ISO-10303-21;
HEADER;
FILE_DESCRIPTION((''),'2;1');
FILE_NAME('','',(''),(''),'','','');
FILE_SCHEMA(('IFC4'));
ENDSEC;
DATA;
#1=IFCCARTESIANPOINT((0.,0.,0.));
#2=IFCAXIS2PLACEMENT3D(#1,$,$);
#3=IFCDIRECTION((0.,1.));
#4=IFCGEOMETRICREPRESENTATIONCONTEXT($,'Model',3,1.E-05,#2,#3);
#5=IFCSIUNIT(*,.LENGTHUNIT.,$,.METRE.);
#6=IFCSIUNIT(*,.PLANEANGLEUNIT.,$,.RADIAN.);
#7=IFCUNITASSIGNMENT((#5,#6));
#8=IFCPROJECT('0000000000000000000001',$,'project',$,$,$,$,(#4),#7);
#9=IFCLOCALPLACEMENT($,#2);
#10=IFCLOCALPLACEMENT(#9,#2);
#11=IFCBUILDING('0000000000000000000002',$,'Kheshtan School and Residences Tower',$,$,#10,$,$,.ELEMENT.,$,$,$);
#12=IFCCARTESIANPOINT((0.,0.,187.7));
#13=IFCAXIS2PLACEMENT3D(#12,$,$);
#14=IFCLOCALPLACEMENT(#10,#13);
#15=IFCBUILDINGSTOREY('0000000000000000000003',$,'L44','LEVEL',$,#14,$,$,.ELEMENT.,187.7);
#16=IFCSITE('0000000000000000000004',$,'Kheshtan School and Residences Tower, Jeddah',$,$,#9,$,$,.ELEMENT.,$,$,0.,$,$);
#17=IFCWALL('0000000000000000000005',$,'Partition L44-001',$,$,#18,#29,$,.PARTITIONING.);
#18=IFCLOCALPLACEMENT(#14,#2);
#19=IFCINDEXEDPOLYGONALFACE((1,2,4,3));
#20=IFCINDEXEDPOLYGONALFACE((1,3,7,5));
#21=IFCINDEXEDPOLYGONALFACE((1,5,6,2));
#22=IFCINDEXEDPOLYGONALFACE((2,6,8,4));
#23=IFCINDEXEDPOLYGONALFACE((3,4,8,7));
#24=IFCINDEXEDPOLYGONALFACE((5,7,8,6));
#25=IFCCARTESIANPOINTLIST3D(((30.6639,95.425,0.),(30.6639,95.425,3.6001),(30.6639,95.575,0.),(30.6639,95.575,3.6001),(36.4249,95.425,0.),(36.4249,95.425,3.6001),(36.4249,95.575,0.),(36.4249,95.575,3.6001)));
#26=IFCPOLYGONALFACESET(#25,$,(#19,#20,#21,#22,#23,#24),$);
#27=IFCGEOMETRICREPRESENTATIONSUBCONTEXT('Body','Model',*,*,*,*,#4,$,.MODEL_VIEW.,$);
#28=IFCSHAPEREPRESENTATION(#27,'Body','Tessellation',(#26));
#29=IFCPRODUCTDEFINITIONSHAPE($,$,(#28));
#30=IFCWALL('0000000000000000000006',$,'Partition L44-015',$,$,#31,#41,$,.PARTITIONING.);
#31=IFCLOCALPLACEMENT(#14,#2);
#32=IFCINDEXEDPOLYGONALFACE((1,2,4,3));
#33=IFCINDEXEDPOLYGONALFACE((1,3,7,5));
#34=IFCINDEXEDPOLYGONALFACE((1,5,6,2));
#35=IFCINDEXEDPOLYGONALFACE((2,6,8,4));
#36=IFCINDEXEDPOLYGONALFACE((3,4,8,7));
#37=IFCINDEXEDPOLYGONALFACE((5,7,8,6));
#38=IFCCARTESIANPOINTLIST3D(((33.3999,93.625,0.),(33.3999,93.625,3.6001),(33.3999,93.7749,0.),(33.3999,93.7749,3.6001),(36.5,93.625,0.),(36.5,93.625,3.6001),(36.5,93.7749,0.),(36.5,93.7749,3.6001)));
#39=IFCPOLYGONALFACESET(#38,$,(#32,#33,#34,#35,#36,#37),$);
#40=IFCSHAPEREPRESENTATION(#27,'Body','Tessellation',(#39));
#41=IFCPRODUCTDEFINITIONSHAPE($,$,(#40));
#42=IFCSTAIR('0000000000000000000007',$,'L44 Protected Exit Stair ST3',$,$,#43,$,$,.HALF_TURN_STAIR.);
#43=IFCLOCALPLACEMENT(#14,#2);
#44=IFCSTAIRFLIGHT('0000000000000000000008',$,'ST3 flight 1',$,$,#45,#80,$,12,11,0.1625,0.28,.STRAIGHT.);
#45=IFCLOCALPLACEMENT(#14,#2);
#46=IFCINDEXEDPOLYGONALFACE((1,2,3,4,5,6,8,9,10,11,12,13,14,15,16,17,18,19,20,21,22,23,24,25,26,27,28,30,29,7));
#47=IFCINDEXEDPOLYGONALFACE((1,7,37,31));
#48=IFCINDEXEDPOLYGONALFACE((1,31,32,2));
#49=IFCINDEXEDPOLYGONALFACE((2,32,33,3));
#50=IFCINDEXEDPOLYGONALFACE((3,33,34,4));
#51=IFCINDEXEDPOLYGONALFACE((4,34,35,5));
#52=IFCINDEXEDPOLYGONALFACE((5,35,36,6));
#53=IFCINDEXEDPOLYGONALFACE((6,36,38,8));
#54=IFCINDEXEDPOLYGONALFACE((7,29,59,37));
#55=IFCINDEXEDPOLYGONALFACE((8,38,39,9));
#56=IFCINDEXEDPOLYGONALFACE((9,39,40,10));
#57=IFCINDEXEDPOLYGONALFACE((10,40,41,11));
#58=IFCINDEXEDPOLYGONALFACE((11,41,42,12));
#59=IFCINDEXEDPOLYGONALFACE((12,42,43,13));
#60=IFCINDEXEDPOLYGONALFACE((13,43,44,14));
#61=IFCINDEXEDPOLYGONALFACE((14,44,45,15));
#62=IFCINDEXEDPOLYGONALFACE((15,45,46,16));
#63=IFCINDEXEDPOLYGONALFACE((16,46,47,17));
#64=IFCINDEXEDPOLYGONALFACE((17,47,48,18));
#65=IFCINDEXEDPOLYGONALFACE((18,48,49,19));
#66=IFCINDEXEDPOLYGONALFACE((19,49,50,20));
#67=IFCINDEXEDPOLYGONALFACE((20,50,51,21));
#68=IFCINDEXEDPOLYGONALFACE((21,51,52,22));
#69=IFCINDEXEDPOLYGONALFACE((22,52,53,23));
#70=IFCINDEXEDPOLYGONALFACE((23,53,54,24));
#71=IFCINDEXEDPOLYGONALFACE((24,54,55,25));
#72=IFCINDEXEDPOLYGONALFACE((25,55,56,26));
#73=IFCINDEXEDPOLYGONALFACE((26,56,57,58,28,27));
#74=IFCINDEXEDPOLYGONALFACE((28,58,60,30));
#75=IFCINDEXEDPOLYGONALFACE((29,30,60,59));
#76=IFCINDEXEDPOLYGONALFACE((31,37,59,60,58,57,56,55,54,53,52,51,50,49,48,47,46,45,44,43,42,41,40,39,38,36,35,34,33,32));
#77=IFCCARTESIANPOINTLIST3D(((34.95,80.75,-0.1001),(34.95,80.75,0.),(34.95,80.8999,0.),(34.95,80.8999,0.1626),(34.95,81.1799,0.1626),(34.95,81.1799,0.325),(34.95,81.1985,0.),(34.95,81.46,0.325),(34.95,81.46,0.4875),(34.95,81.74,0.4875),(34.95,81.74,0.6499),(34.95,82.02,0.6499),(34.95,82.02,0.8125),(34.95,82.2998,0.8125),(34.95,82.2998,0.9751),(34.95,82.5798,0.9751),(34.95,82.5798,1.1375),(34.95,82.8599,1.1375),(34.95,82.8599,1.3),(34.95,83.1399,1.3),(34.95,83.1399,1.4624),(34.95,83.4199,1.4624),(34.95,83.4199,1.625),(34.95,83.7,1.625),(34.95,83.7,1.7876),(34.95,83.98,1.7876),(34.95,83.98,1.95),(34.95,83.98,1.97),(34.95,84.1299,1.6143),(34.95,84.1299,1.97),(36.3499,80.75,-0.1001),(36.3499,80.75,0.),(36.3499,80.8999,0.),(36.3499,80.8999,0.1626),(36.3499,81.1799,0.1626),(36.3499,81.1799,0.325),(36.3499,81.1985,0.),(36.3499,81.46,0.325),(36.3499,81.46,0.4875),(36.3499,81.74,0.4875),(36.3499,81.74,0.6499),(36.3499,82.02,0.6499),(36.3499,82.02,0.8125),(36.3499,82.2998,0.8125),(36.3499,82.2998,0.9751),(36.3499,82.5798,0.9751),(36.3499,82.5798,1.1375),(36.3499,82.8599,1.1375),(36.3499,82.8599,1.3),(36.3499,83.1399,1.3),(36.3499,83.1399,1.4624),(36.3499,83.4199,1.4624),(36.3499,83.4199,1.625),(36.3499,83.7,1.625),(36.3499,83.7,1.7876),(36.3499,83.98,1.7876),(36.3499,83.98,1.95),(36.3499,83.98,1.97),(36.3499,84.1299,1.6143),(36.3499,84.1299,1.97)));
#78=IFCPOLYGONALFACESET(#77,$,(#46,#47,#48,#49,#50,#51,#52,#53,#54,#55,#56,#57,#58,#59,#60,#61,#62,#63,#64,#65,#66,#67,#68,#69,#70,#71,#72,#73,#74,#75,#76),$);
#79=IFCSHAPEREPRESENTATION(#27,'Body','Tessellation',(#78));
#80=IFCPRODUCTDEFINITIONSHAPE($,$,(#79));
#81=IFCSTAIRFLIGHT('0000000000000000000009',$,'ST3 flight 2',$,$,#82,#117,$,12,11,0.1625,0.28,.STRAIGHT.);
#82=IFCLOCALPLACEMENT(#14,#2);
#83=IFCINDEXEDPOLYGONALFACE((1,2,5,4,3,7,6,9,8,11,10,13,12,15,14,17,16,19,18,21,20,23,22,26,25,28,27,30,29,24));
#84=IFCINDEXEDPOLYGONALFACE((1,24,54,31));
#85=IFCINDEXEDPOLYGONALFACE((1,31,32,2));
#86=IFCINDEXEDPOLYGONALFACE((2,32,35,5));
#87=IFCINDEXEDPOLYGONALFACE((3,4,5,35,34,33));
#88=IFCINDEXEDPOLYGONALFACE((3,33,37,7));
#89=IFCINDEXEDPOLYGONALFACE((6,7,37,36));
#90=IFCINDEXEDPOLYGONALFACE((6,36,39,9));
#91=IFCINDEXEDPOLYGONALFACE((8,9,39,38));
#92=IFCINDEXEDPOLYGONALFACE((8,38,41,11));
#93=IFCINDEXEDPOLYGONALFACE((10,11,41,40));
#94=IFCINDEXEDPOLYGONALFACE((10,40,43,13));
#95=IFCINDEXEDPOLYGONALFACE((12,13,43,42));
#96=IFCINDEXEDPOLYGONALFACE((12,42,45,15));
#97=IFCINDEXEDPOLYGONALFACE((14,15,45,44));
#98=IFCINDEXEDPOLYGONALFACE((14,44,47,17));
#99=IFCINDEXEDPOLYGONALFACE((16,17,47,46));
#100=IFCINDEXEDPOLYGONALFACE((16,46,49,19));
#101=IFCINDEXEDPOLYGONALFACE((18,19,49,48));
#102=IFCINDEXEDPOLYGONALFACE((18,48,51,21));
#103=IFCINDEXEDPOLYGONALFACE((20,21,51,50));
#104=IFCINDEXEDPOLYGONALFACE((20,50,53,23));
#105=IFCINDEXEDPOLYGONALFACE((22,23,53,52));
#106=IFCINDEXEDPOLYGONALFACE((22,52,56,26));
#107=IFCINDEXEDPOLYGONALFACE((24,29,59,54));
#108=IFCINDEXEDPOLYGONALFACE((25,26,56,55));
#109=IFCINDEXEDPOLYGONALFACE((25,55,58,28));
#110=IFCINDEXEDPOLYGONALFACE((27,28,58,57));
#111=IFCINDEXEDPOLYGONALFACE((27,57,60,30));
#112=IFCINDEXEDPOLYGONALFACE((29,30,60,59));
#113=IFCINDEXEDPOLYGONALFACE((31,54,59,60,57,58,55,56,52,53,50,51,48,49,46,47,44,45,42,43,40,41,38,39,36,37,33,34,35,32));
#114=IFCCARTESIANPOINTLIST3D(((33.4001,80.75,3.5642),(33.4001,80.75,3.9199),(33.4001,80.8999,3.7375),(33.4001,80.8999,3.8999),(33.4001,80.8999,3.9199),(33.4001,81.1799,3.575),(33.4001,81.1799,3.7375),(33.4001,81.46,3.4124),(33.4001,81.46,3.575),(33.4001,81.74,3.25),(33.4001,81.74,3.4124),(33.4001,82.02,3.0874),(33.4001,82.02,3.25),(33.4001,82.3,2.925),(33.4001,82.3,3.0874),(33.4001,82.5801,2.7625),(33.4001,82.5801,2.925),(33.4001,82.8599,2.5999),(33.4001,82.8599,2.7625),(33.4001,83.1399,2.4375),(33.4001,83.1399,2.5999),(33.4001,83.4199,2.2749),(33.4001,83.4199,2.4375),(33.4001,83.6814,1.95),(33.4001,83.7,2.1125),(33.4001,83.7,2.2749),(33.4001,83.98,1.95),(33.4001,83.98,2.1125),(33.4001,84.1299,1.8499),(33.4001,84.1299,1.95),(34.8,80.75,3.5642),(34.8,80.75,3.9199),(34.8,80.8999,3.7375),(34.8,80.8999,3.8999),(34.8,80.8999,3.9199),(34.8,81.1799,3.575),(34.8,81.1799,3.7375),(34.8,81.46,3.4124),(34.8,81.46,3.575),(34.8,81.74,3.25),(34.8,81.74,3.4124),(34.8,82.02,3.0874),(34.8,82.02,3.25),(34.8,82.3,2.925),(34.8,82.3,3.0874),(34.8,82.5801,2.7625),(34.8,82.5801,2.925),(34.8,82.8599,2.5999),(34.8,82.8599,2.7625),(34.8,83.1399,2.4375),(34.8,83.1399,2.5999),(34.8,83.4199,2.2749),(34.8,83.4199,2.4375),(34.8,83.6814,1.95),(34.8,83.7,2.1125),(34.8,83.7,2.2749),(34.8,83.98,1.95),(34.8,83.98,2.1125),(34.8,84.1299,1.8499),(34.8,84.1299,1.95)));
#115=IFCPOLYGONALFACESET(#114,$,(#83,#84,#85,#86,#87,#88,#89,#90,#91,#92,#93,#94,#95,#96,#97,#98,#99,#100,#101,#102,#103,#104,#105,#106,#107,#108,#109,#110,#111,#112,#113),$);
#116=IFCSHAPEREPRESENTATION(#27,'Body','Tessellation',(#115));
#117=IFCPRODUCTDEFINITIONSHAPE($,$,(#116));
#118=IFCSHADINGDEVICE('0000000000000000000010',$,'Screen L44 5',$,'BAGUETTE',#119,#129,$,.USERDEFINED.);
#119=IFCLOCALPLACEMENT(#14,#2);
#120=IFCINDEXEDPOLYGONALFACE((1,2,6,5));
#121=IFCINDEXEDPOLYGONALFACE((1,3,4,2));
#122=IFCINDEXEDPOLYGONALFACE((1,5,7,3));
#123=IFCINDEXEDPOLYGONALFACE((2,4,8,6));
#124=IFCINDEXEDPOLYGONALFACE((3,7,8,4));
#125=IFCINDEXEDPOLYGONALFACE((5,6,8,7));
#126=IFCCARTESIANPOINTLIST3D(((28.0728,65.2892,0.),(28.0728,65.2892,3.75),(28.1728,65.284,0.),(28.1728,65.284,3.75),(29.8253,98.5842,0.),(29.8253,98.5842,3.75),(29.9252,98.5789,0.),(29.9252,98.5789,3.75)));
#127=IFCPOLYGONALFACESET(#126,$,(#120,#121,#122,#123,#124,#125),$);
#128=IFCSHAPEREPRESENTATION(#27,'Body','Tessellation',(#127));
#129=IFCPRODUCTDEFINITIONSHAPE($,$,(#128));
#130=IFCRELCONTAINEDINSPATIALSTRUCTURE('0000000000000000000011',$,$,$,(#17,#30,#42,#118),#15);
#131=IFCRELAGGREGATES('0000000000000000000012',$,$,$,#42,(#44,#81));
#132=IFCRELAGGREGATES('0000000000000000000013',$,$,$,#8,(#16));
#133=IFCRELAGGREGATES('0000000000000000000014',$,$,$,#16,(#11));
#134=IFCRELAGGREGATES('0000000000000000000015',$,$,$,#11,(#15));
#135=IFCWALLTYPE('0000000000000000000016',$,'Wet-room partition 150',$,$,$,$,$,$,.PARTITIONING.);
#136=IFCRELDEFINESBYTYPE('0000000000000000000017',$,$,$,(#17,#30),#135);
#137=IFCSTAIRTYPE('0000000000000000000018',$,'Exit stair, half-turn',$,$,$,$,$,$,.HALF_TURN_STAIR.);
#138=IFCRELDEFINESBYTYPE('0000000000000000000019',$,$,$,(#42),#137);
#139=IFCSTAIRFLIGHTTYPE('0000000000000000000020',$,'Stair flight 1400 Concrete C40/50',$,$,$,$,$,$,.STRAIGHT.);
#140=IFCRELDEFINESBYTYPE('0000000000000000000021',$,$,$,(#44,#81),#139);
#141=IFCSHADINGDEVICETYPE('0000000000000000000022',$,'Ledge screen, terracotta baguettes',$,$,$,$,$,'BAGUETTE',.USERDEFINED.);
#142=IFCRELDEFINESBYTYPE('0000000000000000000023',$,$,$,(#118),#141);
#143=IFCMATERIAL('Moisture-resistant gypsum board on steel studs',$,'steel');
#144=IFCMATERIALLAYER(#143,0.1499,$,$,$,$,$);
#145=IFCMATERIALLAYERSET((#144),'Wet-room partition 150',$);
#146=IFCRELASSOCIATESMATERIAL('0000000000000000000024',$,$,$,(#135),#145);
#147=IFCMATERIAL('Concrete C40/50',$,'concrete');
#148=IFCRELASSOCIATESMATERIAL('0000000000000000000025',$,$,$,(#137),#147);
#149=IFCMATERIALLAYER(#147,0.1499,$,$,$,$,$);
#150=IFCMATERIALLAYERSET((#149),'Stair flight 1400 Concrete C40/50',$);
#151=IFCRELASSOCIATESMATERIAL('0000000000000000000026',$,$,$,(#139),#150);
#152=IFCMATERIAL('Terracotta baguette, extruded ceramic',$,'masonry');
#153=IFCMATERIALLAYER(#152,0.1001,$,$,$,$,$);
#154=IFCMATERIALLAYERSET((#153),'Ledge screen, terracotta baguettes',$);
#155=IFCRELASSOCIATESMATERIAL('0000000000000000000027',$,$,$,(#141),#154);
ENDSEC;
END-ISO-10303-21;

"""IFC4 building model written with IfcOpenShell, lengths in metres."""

from ifc_helpers import new_model, si_unit, direction, frame, frame_2d, origin, origin_2d, place, context, subcontext, project, spatial, polyline, rectangle, outline, extrude, material, layer, layer_set, type_object, element, aggregate, save


model = new_model("IFC4")

# Units and contexts
model_context = context("Model", 3, precision=1e-05, world=origin(), true_north=direction((0.0, 1.0)))
body_context = subcontext(model_context, "Body", "Model", "MODEL_VIEW")
ifc_project = project(units=[si_unit("LENGTHUNIT", "METRE"), si_unit("PLANEANGLEUNIT", "RADIAN")], contexts=[model_context])

# Site, building, storey
site_placement = place(None, origin())
site = spatial("IfcSite", under=ifc_project, at=site_placement, Name="Kheshtan School and Residences Tower, Jeddah", CompositionType="ELEMENT", RefElevation=0.0)
building_placement = place(site_placement, origin())
building = spatial("IfcBuilding", under=site, at=building_placement, Name="Kheshtan School and Residences Tower", CompositionType="ELEMENT")
storey_placement = place(building_placement, frame((0.0, 0.0, 187.7)))
storey = spatial("IfcBuildingStorey", under=building, at=storey_placement, Name="L44", Description="LEVEL", CompositionType="ELEMENT", Elevation=187.7)

# Walls
ifc_material_1 = material(Name="Concrete C40/50", Category="concrete")
ifc_material_2 = material(Name="Moisture-resistant gypsum board on steel studs", Category="steel")
ifc_layer_1 = layer(ifc_material_2, 0.1499)
ifc_layer_set_1 = layer_set([ifc_layer_1], Name="Wet-room partition 150")
wall_type_1 = type_object("IfcWallType", Name="Wet-room partition 150", PredefinedType="PARTITIONING", material=ifc_layer_set_1)
wall_1_placement = place(storey_placement, frame((30.6641, 95.5, 0.0), z_axis=(0.0, 0.0, 1.0), x_axis=(1.0, 0.0, 0.0)))
element("IfcWall", 1, at=wall_1_placement, inside=storey, type_object=wall_type_1, Name="Partition L44-001", PredefinedType="PARTITIONING", context=body_context, shape_type="SweptSolid", body=[
    extrude(rectangle(XDim=5.761, YDim=0.1499, at=frame_2d((2.8804, 0.0))), origin(), (0.0, 0.0, 1.0), 3.6001),
])
wall_2_placement = place(storey_placement, frame((33.3999, 93.7, 0.0), z_axis=(0.0, 0.0, 1.0), x_axis=(1.0, 0.0, 0.0)))
element("IfcWall", 2, at=wall_2_placement, inside=storey, type_object=wall_type_1, Name="Partition L44-015", PredefinedType="PARTITIONING", context=body_context, shape_type="SweptSolid", body=[
    extrude(rectangle(XDim=3.1001, YDim=0.1499, at=frame_2d((1.55, 0.0))), origin(), (0.0, 0.0, 1.0), 3.6001),
])

# Stair, stair flights
stair_type = type_object("IfcStairType", Name="Exit stair, half-turn", PredefinedType="HALF_TURN_STAIR", material=ifc_material_1)
stair_placement = place(storey_placement, origin())
stair = element("IfcStair", 3, at=stair_placement, inside=storey, type_object=stair_type, Name="L44 Protected Exit Stair ST3", PredefinedType="HALF_TURN_STAIR")
ifc_layer_2 = layer(ifc_material_1, 0.1499)
ifc_layer_set_2 = layer_set([ifc_layer_2], Name="Stair flight 1400 Concrete C40/50")
stair_flight_type = type_object("IfcStairFlightType", Name="Stair flight 1400 Concrete C40/50", PredefinedType="STRAIGHT", material=ifc_layer_set_2)
stair_flight_1_placement = place(storey_placement, frame((35.6499, 80.8999, 0.0), z_axis=(0.0, 0.0, 1.0), x_axis=(0.0, 1.0, 0.0)))
stair_flight_1 = element("IfcStairFlight", 4, at=stair_flight_1_placement, type_object=stair_flight_type, Name="ST3 flight 1", NumberOfRisers=12, NumberOfTreads=11, PredefinedType="STRAIGHT", RiserHeight=0.1625, TreadLength=0.28, context=body_context, shape_type="SweptSolid", body=[
    extrude(outline(polyline([(-0.1499, -0.1001), (-0.1499, 0.0), (0.0, 0.0), (0.0, 0.1626), (0.28, 0.1626), (0.28, 0.325), (0.5601, 0.325), (0.5601, 0.4875), (0.8401, 0.4875), (0.8401, 0.6499), (1.1201, 0.6499), (1.1201, 0.8125), (1.3999, 0.8125), (1.3999, 0.9751), (1.6799, 0.9751), (1.6799, 1.1375), (1.96, 1.1375), (1.96, 1.3), (2.24, 1.3), (2.24, 1.4624), (2.52, 1.4624), (2.52, 1.625), (2.8, 1.625), (2.8, 1.7876), (3.0801, 1.7876), (3.0801, 1.95), (3.0801, 1.97), (3.23, 1.97), (3.23, 1.6143), (0.2986, 0.0), (-0.1499, -0.1001)])), frame((0.0, 0.7, 0.0), z_axis=(0.0, -1.0, 0.0), x_axis=(1.0, 0.0, 0.0)), (0.0, 0.0, 1.0), 1.3999),
])
stair_flight_2_placement = place(storey_placement, frame((34.1001, 83.98, 1.95), z_axis=(0.0, 0.0, 1.0), x_axis=(0.0, -1.0, 0.0)))
stair_flight_2 = element("IfcStairFlight", 5, at=stair_flight_2_placement, type_object=stair_flight_type, Name="ST3 flight 2", NumberOfRisers=12, NumberOfTreads=11, PredefinedType="STRAIGHT", RiserHeight=0.1625, TreadLength=0.28, context=body_context, shape_type="SweptSolid", body=[
    extrude(outline(polyline([(-0.1499, -0.1001), (-0.1499, 0.0), (0.0, 0.0), (0.0, 0.1626), (0.28, 0.1626), (0.28, 0.325), (0.5601, 0.325), (0.5601, 0.4875), (0.8401, 0.4875), (0.8401, 0.6499), (1.1201, 0.6499), (1.1201, 0.8125), (1.3999, 0.8125), (1.3999, 0.9751), (1.6799, 0.9751), (1.6799, 1.1375), (1.96, 1.1375), (1.96, 1.3), (2.24, 1.3), (2.24, 1.4624), (2.52, 1.4624), (2.52, 1.625), (2.8, 1.625), (2.8, 1.7876), (3.0801, 1.7876), (3.0801, 1.95), (3.0801, 1.97), (3.23, 1.97), (3.23, 1.6143), (0.2986, 0.0), (-0.1499, -0.1001)])), frame((0.0, 0.7, 0.0), z_axis=(0.0, -1.0, 0.0), x_axis=(1.0, 0.0, 0.0)), (0.0, 0.0, 1.0), 1.3999),
])
aggregate(stair, [stair_flight_1, stair_flight_2])

# Shading device
ifc_material_3 = material(Name="Terracotta baguette, extruded ceramic", Category="masonry")
ifc_layer_3 = layer(ifc_material_3, 0.1001)
ifc_layer_set_3 = layer_set([ifc_layer_3], Name="Ledge screen, terracotta baguettes")
shading_device_type = type_object("IfcShadingDeviceType", Name="Ledge screen, terracotta baguettes", ElementType="BAGUETTE", PredefinedType="USERDEFINED", material=ifc_layer_set_3)
shading_device_placement = place(storey_placement, frame((28.999, 81.9341, 0.0), z_axis=(0.0, 0.0, 1.0), x_axis=(0.052563, 0.998618, 0.0)))
element("IfcShadingDevice", 6, at=shading_device_placement, inside=storey, type_object=shading_device_type, Name="Screen L44 5", ObjectType="BAGUETTE", PredefinedType="USERDEFINED", context=body_context, shape_type="SweptSolid", body=[
    extrude(rectangle(XDim=33.3411, YDim=0.1001, at=origin_2d()), origin(), (0.0, 0.0, 1.0), 3.75),
])

save(model, "model.ifc")
